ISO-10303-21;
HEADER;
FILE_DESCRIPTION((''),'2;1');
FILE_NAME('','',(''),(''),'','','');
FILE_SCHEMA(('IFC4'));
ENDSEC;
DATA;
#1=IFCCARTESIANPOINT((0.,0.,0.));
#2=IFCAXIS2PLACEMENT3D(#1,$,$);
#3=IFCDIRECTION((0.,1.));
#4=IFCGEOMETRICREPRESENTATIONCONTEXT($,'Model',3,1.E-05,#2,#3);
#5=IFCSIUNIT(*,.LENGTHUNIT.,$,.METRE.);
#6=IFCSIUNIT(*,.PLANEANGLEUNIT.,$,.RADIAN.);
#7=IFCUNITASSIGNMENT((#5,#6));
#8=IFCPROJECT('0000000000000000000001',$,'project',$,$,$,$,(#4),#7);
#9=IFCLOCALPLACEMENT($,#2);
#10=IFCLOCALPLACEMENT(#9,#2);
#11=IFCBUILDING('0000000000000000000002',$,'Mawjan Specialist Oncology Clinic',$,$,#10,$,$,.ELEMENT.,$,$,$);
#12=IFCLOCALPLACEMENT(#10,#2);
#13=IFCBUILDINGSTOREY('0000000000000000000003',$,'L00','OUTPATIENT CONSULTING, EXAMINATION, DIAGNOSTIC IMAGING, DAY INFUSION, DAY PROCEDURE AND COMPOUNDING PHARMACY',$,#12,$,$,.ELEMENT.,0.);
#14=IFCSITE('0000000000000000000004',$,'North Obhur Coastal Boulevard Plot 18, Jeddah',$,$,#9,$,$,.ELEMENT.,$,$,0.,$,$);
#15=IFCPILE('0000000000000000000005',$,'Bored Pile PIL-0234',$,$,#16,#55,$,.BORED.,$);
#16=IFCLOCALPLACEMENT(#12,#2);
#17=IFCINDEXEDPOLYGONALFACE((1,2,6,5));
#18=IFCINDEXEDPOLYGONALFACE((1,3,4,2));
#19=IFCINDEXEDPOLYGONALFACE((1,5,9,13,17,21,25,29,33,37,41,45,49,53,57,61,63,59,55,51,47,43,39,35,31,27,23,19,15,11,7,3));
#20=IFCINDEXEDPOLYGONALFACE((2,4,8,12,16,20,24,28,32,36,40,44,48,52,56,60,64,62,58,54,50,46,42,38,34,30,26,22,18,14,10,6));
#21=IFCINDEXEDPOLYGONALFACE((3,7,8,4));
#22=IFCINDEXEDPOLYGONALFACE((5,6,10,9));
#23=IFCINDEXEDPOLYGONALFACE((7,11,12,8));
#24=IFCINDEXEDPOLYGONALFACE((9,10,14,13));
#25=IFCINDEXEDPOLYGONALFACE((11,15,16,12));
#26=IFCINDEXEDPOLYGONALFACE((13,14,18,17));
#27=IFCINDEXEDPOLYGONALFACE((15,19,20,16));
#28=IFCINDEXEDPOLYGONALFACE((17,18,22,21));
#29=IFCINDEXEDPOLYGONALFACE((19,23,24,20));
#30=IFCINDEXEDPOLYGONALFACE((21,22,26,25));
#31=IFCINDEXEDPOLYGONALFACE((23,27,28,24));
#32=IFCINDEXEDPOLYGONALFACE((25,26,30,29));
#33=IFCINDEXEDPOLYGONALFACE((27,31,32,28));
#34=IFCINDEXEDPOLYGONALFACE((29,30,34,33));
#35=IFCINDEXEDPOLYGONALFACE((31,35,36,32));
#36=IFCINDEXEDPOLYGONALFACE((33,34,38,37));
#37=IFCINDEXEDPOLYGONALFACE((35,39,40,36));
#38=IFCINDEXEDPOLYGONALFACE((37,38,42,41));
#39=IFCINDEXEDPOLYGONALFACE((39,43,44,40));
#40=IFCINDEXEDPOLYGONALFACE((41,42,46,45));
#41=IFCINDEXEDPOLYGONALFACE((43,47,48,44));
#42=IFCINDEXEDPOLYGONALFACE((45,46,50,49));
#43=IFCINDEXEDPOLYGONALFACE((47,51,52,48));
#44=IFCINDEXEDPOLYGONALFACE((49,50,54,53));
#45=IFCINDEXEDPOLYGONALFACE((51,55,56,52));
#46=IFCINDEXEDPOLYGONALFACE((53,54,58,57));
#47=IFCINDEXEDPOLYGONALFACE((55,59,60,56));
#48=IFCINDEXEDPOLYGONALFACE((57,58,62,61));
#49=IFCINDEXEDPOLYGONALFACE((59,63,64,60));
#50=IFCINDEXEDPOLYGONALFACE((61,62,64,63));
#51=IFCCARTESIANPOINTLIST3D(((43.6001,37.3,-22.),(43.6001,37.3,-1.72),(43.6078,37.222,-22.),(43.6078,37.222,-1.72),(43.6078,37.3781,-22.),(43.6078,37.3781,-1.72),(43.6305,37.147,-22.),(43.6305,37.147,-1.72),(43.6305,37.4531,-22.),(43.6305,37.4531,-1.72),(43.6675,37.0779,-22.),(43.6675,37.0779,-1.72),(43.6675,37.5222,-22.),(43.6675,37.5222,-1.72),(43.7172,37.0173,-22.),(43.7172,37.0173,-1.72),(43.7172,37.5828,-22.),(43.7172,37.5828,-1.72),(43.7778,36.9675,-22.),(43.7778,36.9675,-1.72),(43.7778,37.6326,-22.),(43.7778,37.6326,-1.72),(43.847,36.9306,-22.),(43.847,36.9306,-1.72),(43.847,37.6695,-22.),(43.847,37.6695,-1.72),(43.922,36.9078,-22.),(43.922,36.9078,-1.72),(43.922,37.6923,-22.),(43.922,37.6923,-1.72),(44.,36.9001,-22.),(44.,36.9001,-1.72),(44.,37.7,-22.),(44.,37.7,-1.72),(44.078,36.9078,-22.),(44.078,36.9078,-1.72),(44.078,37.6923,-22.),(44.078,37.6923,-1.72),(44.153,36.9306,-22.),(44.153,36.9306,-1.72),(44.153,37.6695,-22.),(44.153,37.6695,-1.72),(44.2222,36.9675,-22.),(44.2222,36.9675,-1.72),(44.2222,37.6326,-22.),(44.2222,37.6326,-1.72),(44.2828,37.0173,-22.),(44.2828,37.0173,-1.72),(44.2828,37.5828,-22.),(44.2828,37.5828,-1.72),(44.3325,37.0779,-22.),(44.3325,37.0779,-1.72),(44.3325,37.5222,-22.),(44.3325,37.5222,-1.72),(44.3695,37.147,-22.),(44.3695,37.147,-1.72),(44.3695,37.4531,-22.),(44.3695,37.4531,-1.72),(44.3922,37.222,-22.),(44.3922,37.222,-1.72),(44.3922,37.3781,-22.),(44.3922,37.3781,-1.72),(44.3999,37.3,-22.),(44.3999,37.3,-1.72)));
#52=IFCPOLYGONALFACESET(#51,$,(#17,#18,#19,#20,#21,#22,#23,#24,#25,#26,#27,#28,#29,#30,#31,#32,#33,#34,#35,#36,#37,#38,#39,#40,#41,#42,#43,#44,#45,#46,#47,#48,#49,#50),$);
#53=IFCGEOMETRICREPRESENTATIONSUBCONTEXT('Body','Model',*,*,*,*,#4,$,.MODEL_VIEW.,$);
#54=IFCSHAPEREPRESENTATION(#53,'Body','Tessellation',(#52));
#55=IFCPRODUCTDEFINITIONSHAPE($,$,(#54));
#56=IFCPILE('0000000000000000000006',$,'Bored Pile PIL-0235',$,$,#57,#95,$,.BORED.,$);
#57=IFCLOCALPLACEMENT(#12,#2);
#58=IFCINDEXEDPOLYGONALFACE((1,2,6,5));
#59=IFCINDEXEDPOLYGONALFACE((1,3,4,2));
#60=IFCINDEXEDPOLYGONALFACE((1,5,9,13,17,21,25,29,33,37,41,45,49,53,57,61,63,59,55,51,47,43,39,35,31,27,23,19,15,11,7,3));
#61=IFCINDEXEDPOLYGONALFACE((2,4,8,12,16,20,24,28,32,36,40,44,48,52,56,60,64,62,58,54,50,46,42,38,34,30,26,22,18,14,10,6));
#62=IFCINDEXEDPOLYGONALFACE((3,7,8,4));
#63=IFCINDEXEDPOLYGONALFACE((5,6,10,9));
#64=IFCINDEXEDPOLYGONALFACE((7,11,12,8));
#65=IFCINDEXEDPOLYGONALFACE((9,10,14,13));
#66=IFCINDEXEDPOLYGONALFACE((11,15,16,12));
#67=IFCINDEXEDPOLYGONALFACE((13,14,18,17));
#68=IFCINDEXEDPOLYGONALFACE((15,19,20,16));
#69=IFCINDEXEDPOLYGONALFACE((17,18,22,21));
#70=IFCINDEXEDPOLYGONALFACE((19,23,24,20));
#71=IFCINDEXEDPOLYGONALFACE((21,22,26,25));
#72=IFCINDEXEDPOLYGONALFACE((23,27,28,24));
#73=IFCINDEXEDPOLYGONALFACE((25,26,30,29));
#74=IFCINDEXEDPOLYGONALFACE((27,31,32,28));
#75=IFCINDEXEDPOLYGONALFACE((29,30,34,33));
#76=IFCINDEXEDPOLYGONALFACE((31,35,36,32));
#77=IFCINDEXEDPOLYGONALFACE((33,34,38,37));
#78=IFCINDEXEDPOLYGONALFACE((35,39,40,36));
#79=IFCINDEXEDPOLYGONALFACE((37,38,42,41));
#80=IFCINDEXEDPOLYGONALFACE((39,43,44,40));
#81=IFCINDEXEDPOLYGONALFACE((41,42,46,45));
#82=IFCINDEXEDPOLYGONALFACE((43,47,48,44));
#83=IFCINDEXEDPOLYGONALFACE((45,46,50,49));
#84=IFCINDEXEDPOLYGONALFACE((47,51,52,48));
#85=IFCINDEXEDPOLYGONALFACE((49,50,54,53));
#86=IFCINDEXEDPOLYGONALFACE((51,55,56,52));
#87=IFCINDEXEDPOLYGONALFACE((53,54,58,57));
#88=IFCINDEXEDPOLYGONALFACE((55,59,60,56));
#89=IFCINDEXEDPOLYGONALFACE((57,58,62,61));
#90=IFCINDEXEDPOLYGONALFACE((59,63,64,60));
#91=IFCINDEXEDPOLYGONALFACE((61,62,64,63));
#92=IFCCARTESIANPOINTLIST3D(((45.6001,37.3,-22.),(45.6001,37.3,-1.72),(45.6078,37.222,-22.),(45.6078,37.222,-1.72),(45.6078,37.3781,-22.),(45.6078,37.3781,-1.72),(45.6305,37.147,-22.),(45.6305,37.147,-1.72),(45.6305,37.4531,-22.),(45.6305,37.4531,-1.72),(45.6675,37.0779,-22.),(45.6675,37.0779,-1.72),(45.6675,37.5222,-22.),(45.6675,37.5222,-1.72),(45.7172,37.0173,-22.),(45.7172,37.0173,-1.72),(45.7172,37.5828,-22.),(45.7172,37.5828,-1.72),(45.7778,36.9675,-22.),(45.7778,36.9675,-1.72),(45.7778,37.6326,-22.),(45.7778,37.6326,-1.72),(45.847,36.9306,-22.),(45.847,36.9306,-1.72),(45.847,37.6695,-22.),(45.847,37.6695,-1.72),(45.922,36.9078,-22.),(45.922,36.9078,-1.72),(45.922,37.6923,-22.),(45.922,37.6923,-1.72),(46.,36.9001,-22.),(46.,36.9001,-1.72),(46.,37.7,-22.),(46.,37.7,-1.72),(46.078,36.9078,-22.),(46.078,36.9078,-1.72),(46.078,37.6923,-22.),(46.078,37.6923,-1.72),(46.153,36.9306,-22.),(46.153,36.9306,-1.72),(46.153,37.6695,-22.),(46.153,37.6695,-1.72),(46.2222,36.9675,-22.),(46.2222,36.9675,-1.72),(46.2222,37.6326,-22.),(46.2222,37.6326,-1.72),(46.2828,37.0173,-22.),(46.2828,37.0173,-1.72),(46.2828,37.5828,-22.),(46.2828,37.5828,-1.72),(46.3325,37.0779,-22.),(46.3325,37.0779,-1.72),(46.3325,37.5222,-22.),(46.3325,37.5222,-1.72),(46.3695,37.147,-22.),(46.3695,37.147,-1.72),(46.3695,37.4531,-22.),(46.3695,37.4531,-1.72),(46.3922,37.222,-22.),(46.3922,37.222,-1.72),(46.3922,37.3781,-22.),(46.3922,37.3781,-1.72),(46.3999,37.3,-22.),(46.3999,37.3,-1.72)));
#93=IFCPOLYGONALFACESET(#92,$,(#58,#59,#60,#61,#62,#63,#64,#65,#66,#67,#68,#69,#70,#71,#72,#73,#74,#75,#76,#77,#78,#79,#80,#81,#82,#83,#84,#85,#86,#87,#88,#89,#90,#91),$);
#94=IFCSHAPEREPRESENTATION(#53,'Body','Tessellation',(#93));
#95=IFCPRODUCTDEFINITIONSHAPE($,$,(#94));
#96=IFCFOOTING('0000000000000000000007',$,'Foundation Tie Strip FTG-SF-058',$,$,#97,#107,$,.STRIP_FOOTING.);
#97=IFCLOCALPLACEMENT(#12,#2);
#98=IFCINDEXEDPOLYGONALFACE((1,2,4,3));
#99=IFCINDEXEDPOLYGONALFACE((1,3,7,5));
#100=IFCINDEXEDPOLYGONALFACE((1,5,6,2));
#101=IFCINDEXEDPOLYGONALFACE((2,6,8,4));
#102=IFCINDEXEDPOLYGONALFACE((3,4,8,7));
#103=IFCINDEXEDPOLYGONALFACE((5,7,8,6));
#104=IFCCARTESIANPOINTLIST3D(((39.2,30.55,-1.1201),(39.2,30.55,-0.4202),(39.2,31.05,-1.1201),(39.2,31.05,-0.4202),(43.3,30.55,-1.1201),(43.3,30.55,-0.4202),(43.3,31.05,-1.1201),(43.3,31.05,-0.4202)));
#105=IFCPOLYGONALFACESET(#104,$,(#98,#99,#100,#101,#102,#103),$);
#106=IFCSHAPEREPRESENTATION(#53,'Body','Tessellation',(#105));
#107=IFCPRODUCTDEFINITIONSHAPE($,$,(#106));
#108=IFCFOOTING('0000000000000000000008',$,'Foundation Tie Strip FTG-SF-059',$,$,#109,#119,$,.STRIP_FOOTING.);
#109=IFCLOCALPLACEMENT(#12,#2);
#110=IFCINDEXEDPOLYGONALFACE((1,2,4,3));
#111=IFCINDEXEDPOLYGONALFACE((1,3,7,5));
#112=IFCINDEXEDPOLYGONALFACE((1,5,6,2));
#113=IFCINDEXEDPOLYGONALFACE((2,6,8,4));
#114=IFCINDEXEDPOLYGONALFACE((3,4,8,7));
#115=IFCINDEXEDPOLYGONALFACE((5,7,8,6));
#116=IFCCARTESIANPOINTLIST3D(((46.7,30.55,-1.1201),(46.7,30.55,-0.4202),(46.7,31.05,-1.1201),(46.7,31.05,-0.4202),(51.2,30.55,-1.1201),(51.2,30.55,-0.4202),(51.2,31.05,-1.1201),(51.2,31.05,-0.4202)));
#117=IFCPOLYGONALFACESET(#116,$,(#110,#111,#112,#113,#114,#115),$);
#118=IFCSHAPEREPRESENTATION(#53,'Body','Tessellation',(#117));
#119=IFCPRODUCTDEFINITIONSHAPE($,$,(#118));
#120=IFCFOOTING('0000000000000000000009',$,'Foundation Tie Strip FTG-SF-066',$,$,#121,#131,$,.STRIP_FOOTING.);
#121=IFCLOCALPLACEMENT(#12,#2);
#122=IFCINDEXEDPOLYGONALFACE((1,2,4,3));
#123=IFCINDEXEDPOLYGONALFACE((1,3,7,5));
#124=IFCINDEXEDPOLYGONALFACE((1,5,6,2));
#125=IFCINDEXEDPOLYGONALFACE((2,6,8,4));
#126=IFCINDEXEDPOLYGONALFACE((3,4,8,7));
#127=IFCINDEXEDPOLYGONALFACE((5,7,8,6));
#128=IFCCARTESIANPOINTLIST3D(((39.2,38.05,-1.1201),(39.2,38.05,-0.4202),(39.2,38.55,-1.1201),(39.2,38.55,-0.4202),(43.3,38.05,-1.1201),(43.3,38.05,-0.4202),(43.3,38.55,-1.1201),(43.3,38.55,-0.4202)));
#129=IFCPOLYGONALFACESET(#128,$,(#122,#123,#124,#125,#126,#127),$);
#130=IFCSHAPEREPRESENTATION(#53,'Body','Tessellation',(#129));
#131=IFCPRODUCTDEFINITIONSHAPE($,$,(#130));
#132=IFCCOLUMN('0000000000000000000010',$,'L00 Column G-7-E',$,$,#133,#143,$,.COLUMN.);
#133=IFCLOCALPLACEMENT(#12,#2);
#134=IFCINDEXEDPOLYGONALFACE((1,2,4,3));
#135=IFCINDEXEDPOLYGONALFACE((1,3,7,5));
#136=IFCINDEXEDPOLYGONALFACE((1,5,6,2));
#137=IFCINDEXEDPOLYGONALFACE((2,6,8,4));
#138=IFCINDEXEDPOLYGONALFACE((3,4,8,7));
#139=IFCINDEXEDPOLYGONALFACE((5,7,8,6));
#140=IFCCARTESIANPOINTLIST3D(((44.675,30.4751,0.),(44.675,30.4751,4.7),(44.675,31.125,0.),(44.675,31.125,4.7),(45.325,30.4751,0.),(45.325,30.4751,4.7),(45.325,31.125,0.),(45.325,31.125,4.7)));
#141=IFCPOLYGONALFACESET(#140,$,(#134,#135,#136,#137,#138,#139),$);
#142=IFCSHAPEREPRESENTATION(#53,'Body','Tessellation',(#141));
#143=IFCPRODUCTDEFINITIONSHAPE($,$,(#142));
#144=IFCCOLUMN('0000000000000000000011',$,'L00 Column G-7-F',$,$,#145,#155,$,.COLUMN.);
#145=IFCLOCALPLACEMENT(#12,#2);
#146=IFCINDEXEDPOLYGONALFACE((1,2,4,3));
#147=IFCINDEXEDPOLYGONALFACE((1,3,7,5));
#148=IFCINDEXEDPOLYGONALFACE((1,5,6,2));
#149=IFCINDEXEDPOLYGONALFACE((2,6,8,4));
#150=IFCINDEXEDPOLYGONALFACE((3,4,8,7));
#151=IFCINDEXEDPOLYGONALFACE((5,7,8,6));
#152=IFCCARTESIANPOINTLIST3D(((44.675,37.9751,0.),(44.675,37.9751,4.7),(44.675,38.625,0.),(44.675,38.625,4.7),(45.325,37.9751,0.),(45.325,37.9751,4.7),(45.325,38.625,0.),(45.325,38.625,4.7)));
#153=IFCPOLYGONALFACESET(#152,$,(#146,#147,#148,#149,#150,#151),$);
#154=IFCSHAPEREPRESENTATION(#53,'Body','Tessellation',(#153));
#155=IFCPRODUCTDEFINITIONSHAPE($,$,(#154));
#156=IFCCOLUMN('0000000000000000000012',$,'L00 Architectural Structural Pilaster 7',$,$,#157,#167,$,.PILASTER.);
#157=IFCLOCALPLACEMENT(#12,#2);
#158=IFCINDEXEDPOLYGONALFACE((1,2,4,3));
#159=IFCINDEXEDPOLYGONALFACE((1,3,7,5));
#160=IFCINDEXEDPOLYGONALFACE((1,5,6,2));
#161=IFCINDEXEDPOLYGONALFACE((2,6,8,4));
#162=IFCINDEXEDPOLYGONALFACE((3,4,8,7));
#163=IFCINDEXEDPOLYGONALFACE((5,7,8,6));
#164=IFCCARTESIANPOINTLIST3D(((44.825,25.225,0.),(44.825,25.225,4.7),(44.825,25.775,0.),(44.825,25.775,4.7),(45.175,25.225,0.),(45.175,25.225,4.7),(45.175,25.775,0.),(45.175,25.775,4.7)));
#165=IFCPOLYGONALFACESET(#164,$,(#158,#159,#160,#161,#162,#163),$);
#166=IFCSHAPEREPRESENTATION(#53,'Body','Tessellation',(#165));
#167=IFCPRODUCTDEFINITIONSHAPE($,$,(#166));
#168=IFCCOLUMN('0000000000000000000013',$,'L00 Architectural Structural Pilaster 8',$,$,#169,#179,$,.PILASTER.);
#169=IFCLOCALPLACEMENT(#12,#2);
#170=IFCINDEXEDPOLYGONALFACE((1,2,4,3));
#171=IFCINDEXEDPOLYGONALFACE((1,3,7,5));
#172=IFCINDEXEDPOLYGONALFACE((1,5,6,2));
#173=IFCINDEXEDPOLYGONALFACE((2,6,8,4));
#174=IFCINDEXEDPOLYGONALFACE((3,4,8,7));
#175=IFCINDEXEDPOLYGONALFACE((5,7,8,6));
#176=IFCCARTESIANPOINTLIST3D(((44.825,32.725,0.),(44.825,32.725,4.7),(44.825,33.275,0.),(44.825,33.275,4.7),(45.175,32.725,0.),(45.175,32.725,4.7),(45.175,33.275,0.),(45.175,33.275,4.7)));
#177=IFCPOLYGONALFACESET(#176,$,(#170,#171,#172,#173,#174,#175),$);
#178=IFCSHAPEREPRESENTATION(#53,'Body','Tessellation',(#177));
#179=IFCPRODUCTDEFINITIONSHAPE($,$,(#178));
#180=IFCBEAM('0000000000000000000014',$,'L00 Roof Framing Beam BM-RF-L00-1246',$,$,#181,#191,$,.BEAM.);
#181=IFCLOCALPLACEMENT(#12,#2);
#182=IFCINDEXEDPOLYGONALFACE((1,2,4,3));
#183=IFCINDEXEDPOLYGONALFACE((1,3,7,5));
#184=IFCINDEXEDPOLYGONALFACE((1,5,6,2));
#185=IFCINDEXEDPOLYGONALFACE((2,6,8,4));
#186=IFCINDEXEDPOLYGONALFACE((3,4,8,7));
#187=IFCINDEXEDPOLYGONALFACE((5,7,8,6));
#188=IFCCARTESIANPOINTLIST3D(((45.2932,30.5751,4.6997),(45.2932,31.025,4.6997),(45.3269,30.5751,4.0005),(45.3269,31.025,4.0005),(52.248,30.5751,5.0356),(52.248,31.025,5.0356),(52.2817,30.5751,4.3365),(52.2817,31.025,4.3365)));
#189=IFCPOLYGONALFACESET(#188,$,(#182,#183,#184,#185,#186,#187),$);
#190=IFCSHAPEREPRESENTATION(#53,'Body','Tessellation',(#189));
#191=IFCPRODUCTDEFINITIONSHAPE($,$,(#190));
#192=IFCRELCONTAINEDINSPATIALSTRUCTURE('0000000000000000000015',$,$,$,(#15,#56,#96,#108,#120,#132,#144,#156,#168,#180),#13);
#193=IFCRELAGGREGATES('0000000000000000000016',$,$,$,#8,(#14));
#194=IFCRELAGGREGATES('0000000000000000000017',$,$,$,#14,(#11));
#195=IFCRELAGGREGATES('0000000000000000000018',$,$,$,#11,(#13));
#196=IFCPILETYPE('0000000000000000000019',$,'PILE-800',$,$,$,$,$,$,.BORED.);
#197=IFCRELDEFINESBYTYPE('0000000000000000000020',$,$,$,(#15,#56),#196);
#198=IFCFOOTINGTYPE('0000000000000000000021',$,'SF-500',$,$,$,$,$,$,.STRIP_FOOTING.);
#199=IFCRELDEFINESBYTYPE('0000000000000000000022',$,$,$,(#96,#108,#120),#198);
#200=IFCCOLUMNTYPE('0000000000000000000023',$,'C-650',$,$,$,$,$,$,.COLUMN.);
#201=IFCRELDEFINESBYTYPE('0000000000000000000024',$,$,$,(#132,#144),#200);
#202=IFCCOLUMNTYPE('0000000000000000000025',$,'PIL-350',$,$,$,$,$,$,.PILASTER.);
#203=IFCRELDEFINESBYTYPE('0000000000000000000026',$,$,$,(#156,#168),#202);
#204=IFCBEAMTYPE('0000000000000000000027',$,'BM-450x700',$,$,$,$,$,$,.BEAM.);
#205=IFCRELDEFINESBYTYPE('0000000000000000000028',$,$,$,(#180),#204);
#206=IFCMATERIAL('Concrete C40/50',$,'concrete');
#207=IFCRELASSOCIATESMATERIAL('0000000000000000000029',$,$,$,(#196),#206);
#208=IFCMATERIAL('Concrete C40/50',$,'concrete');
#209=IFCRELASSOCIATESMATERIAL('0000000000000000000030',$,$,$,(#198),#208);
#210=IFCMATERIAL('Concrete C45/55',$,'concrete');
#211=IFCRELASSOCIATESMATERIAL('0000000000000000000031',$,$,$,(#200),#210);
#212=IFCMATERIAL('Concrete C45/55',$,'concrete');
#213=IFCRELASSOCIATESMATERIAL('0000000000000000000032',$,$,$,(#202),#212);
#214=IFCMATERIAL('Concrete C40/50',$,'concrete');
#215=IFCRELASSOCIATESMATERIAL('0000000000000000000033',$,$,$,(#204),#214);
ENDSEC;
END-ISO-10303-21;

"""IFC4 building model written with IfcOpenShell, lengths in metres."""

from ifc_helpers import new_model, si_unit, direction, frame, origin, origin_2d, place, context, subcontext, project, spatial, rectangle, circle, extrude, material, material_profile, profile_set, type_object, element, save


model = new_model("IFC4")

# Units and contexts
model_context = context("Model", 3, precision=1e-05, world=origin(), true_north=direction((0.0, 1.0)))
body_context = subcontext(model_context, "Body", "Model", "MODEL_VIEW")
ifc_project = project(units=[si_unit("LENGTHUNIT", "METRE"), si_unit("PLANEANGLEUNIT", "RADIAN")], contexts=[model_context])

# Site, building, storey
site_placement = place(None, origin())
site = spatial("IfcSite", under=ifc_project, at=site_placement, Name="North Obhur Coastal Boulevard Plot 18, Jeddah", CompositionType="ELEMENT", RefElevation=0.0)
building_placement = place(site_placement, origin())
building = spatial("IfcBuilding", under=site, at=building_placement, Name="Mawjan Specialist Oncology Clinic", CompositionType="ELEMENT")
storey_placement = place(building_placement, origin())
storey = spatial("IfcBuildingStorey", under=building, at=storey_placement, Name="L00", Description="OUTPATIENT CONSULTING, EXAMINATION, DIAGNOSTIC IMAGING, DAY INFUSION, DAY PROCEDURE AND COMPOUNDING PHARMACY", CompositionType="ELEMENT", Elevation=0.0)

# Piles
ifc_material_1 = material(Name="Concrete C40/50", Category="concrete")
ifc_material_profile_1 = material_profile(ifc_material_1, circle(Radius=0.3999, at=origin_2d()), Name="BORED PILE D800", Category="concrete")
ifc_profile_set_1 = profile_set([ifc_material_profile_1], Name="Concrete C40/50")
pile_type = type_object("IfcPileType", Name="PILE-800", PredefinedType="BORED", material=ifc_profile_set_1)
for number, where, z_axis, x_axis, name in (
    (1, (44.0, 37.3, -1.72), (0.0, 0.0, -1.0), (1.0, 0.0, 0.0), "Bored Pile PIL-0234"),
    (2, (46.0, 37.3, -1.72), (0.0, 0.0, -1.0), (1.0, 0.0, 0.0), "Bored Pile PIL-0235"),
):
    element("IfcPile", number, at=place(storey_placement, frame(where, z_axis=z_axis, x_axis=x_axis)), inside=storey, type_object=pile_type, Name=name, PredefinedType="BORED", context=body_context, shape_type="SweptSolid", body=[
        extrude(circle(Radius=0.3999, at=origin_2d()), origin(), (0.0, 0.0, 1.0), 20.28),
    ])

# Footings
ifc_material_2 = material(Name="Concrete C40/50", Category="concrete")
footing_type_1 = type_object("IfcFootingType", Name="SF-500", PredefinedType="STRIP_FOOTING", material=ifc_material_2)
footing_1_placement = place(storey_placement, frame((41.25, 30.8, -1.1201), z_axis=(0.0, 0.0, 1.0), x_axis=(1.0, 0.0, 0.0)))
element("IfcFooting", 3, at=footing_1_placement, inside=storey, type_object=footing_type_1, Name="Foundation Tie Strip FTG-SF-058", PredefinedType="STRIP_FOOTING", context=body_context, shape_type="SweptSolid", body=[
    extrude(rectangle(XDim=4.1001, YDim=0.5, at=origin_2d()), origin(), (0.0, 0.0, 1.0), 0.7),
])
footing_2_placement = place(storey_placement, frame((48.95, 30.8, -1.1201), z_axis=(0.0, 0.0, 1.0), x_axis=(1.0, 0.0, 0.0)))
element("IfcFooting", 4, at=footing_2_placement, inside=storey, type_object=footing_type_1, Name="Foundation Tie Strip FTG-SF-059", PredefinedType="STRIP_FOOTING", context=body_context, shape_type="SweptSolid", body=[
    extrude(rectangle(XDim=4.5, YDim=0.5, at=origin_2d()), origin(), (0.0, 0.0, 1.0), 0.7),
])
footing_3_placement = place(storey_placement, frame((41.25, 38.3, -1.1201), z_axis=(0.0, 0.0, 1.0), x_axis=(1.0, 0.0, 0.0)))
element("IfcFooting", 5, at=footing_3_placement, inside=storey, type_object=footing_type_1, Name="Foundation Tie Strip FTG-SF-066", PredefinedType="STRIP_FOOTING", context=body_context, shape_type="SweptSolid", body=[
    extrude(rectangle(XDim=4.1001, YDim=0.5, at=origin_2d()), origin(), (0.0, 0.0, 1.0), 0.7),
])

# Columns
ifc_material_3 = material(Name="Concrete C45/55", Category="concrete")
ifc_material_profile_2 = material_profile(ifc_material_3, rectangle(XDim=0.6499, YDim=0.6499, at=origin_2d()), Name="RC COL 650x650", Category="concrete")
ifc_profile_set_2 = profile_set([ifc_material_profile_2], Name="Concrete C45/55")
column_type_1 = type_object("IfcColumnType", Name="C-650", PredefinedType="COLUMN", material=ifc_profile_set_2)
for number, where, z_axis, x_axis, name in (
    (6, (45.0, 30.8, 0.0), (0.0, 0.0, 1.0), (1.0, 0.0, 0.0), "L00 Column G-7-E"),
    (7, (45.0, 38.3, 0.0), (0.0, 0.0, 1.0), (1.0, 0.0, 0.0), "L00 Column G-7-F"),
):
    element("IfcColumn", number, at=place(storey_placement, frame(where, z_axis=z_axis, x_axis=x_axis)), inside=storey, type_object=column_type_1, Name=name, PredefinedType="COLUMN", context=body_context, shape_type="SweptSolid", body=[
        extrude(rectangle(XDim=0.6499, YDim=0.6499, at=origin_2d()), origin(), (0.0, 0.0, 1.0), 4.7),
    ])
ifc_material_4 = material(Name="Concrete C45/55", Category="concrete")
ifc_material_profile_3 = material_profile(ifc_material_4, rectangle(XDim=0.3501, YDim=0.55, at=origin_2d()), Name="RC PIL 350x550", Category="concrete")
ifc_profile_set_3 = profile_set([ifc_material_profile_3], Name="Concrete C45/55")
column_type_2 = type_object("IfcColumnType", Name="PIL-350", PredefinedType="PILASTER", material=ifc_profile_set_3)
for number, where, z_axis, x_axis, name in (
    (8, (45.0, 25.5, 0.0), (0.0, 0.0, 1.0), (1.0, 0.0, 0.0), "L00 Architectural Structural Pilaster 7"),
    (9, (45.0, 33.0, 0.0), (0.0, 0.0, 1.0), (1.0, 0.0, 0.0), "L00 Architectural Structural Pilaster 8"),
):
    element("IfcColumn", number, at=place(storey_placement, frame(where, z_axis=z_axis, x_axis=x_axis)), inside=storey, type_object=column_type_2, Name=name, PredefinedType="PILASTER", context=body_context, shape_type="SweptSolid", body=[
        extrude(rectangle(XDim=0.3501, YDim=0.55, at=origin_2d()), origin(), (0.0, 0.0, 1.0), 4.7),
    ])

# Beam
ifc_material_5 = material(Name="Concrete C40/50", Category="concrete")
ifc_material_profile_4 = material_profile(ifc_material_5, rectangle(XDim=0.45, YDim=0.7, at=origin_2d()), Name="RC BM 450x700", Category="concrete")
ifc_profile_set_4 = profile_set([ifc_material_profile_4], Name="Concrete C40/50")
beam_type = type_object("IfcBeamType", Name="BM-450x700", PredefinedType="BEAM", material=ifc_profile_set_4)
for number, where, z_axis, x_axis, name in (
    (10, (45.3101, 30.8, 4.3501), (0.998835, 0.0, 0.048246), (0.0, 1.0, 0.0), "L00 Roof Framing Beam BM-RF-L00-1246"),
):
    element("IfcBeam", number, at=place(storey_placement, frame(where, z_axis=z_axis, x_axis=x_axis)), inside=storey, type_object=beam_type, Name=name, PredefinedType="BEAM", context=body_context, shape_type="SweptSolid", body=[
        extrude(rectangle(XDim=0.45, YDim=0.7, at=origin_2d()), origin(), (0.0, 0.0, 1.0), 6.9629),
    ])

save(model, "model.ifc")
